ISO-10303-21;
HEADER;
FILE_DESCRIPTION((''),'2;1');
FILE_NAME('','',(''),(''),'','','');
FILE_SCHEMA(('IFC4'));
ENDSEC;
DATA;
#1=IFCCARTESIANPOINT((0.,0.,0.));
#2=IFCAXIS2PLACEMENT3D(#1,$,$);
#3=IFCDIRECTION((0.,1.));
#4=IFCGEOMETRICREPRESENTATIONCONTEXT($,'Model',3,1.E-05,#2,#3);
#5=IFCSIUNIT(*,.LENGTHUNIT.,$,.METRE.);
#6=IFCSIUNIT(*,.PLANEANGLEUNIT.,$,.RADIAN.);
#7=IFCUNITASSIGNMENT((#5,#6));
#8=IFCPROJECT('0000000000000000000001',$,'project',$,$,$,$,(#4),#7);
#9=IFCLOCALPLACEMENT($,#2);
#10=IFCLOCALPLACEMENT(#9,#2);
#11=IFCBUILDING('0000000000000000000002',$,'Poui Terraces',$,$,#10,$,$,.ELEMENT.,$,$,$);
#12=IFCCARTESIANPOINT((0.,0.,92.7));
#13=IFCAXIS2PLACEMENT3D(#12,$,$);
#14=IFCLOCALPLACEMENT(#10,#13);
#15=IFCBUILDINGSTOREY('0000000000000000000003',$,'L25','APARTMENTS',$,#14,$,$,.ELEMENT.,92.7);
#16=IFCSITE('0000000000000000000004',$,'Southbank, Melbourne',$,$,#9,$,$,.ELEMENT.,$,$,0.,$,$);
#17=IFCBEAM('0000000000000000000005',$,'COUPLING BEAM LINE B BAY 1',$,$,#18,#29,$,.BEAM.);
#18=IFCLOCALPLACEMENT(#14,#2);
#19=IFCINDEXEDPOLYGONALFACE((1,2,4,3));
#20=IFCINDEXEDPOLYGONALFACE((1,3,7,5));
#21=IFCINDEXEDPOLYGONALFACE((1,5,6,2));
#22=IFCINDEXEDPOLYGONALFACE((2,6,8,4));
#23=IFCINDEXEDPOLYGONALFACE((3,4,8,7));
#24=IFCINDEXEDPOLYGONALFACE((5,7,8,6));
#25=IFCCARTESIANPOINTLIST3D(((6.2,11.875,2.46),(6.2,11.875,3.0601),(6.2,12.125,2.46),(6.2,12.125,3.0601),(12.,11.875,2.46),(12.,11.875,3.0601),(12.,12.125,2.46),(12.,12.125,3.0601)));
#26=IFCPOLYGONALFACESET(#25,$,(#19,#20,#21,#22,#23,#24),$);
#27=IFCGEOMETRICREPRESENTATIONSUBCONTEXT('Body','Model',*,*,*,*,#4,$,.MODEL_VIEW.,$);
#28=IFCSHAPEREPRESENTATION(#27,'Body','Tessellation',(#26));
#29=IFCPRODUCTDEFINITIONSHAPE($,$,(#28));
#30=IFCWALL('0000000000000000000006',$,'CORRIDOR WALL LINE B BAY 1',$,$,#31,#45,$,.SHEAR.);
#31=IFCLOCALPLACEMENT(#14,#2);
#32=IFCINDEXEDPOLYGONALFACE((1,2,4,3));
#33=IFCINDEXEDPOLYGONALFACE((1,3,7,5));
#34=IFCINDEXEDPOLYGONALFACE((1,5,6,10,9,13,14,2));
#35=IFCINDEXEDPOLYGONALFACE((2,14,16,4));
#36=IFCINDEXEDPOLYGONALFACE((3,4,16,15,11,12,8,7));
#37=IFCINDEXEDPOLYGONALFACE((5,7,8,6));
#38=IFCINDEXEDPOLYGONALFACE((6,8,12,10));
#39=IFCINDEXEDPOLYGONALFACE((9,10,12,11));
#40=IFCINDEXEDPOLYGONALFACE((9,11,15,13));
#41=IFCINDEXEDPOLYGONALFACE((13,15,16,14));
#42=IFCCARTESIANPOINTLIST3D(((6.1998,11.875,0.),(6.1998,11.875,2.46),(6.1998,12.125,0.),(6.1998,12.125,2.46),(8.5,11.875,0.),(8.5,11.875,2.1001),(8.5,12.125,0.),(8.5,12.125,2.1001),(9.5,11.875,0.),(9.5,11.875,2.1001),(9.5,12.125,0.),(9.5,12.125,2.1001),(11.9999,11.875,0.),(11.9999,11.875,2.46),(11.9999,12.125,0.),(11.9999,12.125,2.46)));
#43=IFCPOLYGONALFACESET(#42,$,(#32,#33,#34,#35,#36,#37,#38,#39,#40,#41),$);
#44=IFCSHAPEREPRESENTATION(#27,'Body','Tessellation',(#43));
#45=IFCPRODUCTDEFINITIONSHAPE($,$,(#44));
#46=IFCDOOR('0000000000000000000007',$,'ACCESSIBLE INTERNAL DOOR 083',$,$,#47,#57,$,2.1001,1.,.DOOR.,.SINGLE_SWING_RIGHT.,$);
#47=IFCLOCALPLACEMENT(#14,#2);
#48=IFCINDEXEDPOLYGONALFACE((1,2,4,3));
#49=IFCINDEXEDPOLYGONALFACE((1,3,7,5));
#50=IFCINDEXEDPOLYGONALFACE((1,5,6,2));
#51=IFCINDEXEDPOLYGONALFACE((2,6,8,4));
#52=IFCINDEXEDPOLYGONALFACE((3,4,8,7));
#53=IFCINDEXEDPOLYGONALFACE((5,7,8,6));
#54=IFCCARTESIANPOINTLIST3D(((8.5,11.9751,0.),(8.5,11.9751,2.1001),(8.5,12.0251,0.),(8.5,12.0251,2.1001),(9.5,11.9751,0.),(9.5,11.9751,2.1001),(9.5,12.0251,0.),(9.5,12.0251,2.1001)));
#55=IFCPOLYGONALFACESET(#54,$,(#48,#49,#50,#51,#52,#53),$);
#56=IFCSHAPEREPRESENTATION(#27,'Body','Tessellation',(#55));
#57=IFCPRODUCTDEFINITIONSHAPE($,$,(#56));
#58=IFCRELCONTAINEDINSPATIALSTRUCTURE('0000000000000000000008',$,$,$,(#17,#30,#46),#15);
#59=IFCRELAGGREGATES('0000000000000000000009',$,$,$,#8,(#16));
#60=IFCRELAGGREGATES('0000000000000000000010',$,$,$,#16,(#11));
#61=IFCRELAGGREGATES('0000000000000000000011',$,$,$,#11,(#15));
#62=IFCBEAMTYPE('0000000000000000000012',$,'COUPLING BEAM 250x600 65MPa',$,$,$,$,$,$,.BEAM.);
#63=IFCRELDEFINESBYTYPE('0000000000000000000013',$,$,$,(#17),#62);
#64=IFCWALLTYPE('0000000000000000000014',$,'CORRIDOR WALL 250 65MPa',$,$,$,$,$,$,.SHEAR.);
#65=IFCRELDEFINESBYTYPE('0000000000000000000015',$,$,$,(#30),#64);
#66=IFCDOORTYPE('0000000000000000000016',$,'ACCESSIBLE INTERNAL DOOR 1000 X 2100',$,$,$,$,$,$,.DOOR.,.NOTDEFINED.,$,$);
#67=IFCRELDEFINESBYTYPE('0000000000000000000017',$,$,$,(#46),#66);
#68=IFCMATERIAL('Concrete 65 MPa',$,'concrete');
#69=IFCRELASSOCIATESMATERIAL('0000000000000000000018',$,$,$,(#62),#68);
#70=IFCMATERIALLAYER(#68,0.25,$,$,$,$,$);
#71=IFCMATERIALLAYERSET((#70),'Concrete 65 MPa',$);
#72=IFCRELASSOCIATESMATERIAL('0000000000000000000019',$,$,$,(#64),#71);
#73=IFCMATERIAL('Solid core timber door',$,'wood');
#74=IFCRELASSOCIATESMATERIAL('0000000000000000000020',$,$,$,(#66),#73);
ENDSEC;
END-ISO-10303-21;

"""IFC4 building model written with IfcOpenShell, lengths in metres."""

from ifc_helpers import new_model, si_unit, direction, frame, frame_2d, origin, origin_2d, place, context, subcontext, project, spatial, rectangle, extrude, source, transform, mapped, material, layer, layer_set, material_profile, profile_set, type_object, element, fill, save


model = new_model("IFC4")

# Units and contexts
model_context = context("Model", 3, precision=1e-05, world=origin(), true_north=direction((0.0, 1.0)))
body_context = subcontext(model_context, "Body", "Model", "MODEL_VIEW")
ifc_project = project(units=[si_unit("LENGTHUNIT", "METRE"), si_unit("PLANEANGLEUNIT", "RADIAN")], contexts=[model_context])

# Site, building, storey
site_placement = place(None, origin())
site = spatial("IfcSite", under=ifc_project, at=site_placement, Name="Southbank, Melbourne", CompositionType="ELEMENT", RefElevation=0.0)
building_placement = place(site_placement, origin())
building = spatial("IfcBuilding", under=site, at=building_placement, Name="Poui Terraces", CompositionType="ELEMENT")
storey_placement = place(building_placement, frame((0.0, 0.0, 92.7)))
storey = spatial("IfcBuildingStorey", under=building, at=storey_placement, Name="L25", Description="APARTMENTS", CompositionType="ELEMENT", Elevation=92.7)

# Beam
ifc_material_1 = material(Name="Concrete 65 MPa", Category="concrete")
ifc_material_profile = material_profile(ifc_material_1, rectangle(XDim=0.25, YDim=0.6001, at=origin_2d()), Name="RC 250x600")
ifc_profile_set = profile_set([ifc_material_profile], Name="Concrete 65 MPa")
beam_type = type_object("IfcBeamType", Name="COUPLING BEAM 250x600 65MPa", PredefinedType="BEAM", material=ifc_profile_set)
shared_shape = source(origin(), body_context, "Body", "SweptSolid", [
    extrude(rectangle(XDim=0.25, YDim=0.6001, at=origin_2d()), origin(), (0.0, 0.0, 1.0), 5.8),
])
beam_placement = place(storey_placement, frame((6.2, 12.0, 2.76), z_axis=(1.0, 0.0, 0.0), x_axis=(0.0, 1.0, 0.0)))
element("IfcBeam", 1, at=beam_placement, inside=storey, type_object=beam_type, Name="COUPLING BEAM LINE B BAY 1", PredefinedType="BEAM", context=body_context, shape_type="MappedRepresentation", body=[
    mapped(shared_shape, transform((0.0, 0.0, 0.0))),
])

# Wall, opening, door
ifc_layer_1 = layer(ifc_material_1, 0.25)
ifc_layer_set_1 = layer_set([ifc_layer_1], Name="Concrete 65 MPa")
wall_type_1 = type_object("IfcWallType", Name="CORRIDOR WALL 250 65MPa", PredefinedType="SHEAR", material=ifc_layer_set_1)
wall_1_placement = place(storey_placement, frame((6.2, 12.0, 0.0), z_axis=(0.0, 0.0, 1.0), x_axis=(1.0, 0.0, 0.0)))
wall_1 = element("IfcWall", 2, at=wall_1_placement, inside=storey, type_object=wall_type_1, Name="CORRIDOR WALL LINE B BAY 1", PredefinedType="SHEAR", context=body_context, shape_type="SweptSolid", body=[
    extrude(rectangle(XDim=5.8, YDim=0.25, at=frame_2d((2.8999, 0.0))), origin(), (0.0, 0.0, 1.0), 2.46),
])
opening_1_placement = place(wall_1_placement, frame((2.3, 0.0, 0.0)))
opening_1 = element("IfcOpeningElement", 3, at=opening_1_placement, cuts=wall_1, PredefinedType="OPENING", context=body_context, shape_type="SweptSolid", body=[
    extrude(rectangle(XDim=1.0, YDim=2.1001, at=frame_2d((0.5, 1.05))), frame((0.0, 0.135, 0.0), z_axis=(0.0, -1.0, 0.0), x_axis=(1.0, 0.0, 0.0)), (0.0, 0.0, 1.0), 0.27),
])
ifc_material_2 = material(Name="Solid core timber door", Category="wood")
door_type_1 = type_object("IfcDoorType", Name="ACCESSIBLE INTERNAL DOOR 1000 X 2100", OperationType="NOTDEFINED", PredefinedType="DOOR", material=ifc_material_2)
door_1_placement = place(opening_1_placement, frame((1.0, 0.0, 0.0), z_axis=(0.0, 0.0, 1.0), x_axis=(-1.0, 0.0, 0.0)))
door_1 = element("IfcDoor", 4, at=door_1_placement, inside=storey, type_object=door_type_1, Name="ACCESSIBLE INTERNAL DOOR 083", OperationType="SINGLE_SWING_RIGHT", OverallHeight=2.1001, OverallWidth=1.0, PredefinedType="DOOR", context=body_context, shape_type="SweptSolid", body=[
    extrude(rectangle(XDim=1.0, YDim=2.1001, at=frame_2d((0.5, 1.05))), frame((0.0, 0.0249, 0.0), z_axis=(0.0, -1.0, 0.0), x_axis=(1.0, 0.0, 0.0)), (0.0, 0.0, 1.0), 0.05),
])
fill(opening_1, door_1)

save(model, "model.ifc")
